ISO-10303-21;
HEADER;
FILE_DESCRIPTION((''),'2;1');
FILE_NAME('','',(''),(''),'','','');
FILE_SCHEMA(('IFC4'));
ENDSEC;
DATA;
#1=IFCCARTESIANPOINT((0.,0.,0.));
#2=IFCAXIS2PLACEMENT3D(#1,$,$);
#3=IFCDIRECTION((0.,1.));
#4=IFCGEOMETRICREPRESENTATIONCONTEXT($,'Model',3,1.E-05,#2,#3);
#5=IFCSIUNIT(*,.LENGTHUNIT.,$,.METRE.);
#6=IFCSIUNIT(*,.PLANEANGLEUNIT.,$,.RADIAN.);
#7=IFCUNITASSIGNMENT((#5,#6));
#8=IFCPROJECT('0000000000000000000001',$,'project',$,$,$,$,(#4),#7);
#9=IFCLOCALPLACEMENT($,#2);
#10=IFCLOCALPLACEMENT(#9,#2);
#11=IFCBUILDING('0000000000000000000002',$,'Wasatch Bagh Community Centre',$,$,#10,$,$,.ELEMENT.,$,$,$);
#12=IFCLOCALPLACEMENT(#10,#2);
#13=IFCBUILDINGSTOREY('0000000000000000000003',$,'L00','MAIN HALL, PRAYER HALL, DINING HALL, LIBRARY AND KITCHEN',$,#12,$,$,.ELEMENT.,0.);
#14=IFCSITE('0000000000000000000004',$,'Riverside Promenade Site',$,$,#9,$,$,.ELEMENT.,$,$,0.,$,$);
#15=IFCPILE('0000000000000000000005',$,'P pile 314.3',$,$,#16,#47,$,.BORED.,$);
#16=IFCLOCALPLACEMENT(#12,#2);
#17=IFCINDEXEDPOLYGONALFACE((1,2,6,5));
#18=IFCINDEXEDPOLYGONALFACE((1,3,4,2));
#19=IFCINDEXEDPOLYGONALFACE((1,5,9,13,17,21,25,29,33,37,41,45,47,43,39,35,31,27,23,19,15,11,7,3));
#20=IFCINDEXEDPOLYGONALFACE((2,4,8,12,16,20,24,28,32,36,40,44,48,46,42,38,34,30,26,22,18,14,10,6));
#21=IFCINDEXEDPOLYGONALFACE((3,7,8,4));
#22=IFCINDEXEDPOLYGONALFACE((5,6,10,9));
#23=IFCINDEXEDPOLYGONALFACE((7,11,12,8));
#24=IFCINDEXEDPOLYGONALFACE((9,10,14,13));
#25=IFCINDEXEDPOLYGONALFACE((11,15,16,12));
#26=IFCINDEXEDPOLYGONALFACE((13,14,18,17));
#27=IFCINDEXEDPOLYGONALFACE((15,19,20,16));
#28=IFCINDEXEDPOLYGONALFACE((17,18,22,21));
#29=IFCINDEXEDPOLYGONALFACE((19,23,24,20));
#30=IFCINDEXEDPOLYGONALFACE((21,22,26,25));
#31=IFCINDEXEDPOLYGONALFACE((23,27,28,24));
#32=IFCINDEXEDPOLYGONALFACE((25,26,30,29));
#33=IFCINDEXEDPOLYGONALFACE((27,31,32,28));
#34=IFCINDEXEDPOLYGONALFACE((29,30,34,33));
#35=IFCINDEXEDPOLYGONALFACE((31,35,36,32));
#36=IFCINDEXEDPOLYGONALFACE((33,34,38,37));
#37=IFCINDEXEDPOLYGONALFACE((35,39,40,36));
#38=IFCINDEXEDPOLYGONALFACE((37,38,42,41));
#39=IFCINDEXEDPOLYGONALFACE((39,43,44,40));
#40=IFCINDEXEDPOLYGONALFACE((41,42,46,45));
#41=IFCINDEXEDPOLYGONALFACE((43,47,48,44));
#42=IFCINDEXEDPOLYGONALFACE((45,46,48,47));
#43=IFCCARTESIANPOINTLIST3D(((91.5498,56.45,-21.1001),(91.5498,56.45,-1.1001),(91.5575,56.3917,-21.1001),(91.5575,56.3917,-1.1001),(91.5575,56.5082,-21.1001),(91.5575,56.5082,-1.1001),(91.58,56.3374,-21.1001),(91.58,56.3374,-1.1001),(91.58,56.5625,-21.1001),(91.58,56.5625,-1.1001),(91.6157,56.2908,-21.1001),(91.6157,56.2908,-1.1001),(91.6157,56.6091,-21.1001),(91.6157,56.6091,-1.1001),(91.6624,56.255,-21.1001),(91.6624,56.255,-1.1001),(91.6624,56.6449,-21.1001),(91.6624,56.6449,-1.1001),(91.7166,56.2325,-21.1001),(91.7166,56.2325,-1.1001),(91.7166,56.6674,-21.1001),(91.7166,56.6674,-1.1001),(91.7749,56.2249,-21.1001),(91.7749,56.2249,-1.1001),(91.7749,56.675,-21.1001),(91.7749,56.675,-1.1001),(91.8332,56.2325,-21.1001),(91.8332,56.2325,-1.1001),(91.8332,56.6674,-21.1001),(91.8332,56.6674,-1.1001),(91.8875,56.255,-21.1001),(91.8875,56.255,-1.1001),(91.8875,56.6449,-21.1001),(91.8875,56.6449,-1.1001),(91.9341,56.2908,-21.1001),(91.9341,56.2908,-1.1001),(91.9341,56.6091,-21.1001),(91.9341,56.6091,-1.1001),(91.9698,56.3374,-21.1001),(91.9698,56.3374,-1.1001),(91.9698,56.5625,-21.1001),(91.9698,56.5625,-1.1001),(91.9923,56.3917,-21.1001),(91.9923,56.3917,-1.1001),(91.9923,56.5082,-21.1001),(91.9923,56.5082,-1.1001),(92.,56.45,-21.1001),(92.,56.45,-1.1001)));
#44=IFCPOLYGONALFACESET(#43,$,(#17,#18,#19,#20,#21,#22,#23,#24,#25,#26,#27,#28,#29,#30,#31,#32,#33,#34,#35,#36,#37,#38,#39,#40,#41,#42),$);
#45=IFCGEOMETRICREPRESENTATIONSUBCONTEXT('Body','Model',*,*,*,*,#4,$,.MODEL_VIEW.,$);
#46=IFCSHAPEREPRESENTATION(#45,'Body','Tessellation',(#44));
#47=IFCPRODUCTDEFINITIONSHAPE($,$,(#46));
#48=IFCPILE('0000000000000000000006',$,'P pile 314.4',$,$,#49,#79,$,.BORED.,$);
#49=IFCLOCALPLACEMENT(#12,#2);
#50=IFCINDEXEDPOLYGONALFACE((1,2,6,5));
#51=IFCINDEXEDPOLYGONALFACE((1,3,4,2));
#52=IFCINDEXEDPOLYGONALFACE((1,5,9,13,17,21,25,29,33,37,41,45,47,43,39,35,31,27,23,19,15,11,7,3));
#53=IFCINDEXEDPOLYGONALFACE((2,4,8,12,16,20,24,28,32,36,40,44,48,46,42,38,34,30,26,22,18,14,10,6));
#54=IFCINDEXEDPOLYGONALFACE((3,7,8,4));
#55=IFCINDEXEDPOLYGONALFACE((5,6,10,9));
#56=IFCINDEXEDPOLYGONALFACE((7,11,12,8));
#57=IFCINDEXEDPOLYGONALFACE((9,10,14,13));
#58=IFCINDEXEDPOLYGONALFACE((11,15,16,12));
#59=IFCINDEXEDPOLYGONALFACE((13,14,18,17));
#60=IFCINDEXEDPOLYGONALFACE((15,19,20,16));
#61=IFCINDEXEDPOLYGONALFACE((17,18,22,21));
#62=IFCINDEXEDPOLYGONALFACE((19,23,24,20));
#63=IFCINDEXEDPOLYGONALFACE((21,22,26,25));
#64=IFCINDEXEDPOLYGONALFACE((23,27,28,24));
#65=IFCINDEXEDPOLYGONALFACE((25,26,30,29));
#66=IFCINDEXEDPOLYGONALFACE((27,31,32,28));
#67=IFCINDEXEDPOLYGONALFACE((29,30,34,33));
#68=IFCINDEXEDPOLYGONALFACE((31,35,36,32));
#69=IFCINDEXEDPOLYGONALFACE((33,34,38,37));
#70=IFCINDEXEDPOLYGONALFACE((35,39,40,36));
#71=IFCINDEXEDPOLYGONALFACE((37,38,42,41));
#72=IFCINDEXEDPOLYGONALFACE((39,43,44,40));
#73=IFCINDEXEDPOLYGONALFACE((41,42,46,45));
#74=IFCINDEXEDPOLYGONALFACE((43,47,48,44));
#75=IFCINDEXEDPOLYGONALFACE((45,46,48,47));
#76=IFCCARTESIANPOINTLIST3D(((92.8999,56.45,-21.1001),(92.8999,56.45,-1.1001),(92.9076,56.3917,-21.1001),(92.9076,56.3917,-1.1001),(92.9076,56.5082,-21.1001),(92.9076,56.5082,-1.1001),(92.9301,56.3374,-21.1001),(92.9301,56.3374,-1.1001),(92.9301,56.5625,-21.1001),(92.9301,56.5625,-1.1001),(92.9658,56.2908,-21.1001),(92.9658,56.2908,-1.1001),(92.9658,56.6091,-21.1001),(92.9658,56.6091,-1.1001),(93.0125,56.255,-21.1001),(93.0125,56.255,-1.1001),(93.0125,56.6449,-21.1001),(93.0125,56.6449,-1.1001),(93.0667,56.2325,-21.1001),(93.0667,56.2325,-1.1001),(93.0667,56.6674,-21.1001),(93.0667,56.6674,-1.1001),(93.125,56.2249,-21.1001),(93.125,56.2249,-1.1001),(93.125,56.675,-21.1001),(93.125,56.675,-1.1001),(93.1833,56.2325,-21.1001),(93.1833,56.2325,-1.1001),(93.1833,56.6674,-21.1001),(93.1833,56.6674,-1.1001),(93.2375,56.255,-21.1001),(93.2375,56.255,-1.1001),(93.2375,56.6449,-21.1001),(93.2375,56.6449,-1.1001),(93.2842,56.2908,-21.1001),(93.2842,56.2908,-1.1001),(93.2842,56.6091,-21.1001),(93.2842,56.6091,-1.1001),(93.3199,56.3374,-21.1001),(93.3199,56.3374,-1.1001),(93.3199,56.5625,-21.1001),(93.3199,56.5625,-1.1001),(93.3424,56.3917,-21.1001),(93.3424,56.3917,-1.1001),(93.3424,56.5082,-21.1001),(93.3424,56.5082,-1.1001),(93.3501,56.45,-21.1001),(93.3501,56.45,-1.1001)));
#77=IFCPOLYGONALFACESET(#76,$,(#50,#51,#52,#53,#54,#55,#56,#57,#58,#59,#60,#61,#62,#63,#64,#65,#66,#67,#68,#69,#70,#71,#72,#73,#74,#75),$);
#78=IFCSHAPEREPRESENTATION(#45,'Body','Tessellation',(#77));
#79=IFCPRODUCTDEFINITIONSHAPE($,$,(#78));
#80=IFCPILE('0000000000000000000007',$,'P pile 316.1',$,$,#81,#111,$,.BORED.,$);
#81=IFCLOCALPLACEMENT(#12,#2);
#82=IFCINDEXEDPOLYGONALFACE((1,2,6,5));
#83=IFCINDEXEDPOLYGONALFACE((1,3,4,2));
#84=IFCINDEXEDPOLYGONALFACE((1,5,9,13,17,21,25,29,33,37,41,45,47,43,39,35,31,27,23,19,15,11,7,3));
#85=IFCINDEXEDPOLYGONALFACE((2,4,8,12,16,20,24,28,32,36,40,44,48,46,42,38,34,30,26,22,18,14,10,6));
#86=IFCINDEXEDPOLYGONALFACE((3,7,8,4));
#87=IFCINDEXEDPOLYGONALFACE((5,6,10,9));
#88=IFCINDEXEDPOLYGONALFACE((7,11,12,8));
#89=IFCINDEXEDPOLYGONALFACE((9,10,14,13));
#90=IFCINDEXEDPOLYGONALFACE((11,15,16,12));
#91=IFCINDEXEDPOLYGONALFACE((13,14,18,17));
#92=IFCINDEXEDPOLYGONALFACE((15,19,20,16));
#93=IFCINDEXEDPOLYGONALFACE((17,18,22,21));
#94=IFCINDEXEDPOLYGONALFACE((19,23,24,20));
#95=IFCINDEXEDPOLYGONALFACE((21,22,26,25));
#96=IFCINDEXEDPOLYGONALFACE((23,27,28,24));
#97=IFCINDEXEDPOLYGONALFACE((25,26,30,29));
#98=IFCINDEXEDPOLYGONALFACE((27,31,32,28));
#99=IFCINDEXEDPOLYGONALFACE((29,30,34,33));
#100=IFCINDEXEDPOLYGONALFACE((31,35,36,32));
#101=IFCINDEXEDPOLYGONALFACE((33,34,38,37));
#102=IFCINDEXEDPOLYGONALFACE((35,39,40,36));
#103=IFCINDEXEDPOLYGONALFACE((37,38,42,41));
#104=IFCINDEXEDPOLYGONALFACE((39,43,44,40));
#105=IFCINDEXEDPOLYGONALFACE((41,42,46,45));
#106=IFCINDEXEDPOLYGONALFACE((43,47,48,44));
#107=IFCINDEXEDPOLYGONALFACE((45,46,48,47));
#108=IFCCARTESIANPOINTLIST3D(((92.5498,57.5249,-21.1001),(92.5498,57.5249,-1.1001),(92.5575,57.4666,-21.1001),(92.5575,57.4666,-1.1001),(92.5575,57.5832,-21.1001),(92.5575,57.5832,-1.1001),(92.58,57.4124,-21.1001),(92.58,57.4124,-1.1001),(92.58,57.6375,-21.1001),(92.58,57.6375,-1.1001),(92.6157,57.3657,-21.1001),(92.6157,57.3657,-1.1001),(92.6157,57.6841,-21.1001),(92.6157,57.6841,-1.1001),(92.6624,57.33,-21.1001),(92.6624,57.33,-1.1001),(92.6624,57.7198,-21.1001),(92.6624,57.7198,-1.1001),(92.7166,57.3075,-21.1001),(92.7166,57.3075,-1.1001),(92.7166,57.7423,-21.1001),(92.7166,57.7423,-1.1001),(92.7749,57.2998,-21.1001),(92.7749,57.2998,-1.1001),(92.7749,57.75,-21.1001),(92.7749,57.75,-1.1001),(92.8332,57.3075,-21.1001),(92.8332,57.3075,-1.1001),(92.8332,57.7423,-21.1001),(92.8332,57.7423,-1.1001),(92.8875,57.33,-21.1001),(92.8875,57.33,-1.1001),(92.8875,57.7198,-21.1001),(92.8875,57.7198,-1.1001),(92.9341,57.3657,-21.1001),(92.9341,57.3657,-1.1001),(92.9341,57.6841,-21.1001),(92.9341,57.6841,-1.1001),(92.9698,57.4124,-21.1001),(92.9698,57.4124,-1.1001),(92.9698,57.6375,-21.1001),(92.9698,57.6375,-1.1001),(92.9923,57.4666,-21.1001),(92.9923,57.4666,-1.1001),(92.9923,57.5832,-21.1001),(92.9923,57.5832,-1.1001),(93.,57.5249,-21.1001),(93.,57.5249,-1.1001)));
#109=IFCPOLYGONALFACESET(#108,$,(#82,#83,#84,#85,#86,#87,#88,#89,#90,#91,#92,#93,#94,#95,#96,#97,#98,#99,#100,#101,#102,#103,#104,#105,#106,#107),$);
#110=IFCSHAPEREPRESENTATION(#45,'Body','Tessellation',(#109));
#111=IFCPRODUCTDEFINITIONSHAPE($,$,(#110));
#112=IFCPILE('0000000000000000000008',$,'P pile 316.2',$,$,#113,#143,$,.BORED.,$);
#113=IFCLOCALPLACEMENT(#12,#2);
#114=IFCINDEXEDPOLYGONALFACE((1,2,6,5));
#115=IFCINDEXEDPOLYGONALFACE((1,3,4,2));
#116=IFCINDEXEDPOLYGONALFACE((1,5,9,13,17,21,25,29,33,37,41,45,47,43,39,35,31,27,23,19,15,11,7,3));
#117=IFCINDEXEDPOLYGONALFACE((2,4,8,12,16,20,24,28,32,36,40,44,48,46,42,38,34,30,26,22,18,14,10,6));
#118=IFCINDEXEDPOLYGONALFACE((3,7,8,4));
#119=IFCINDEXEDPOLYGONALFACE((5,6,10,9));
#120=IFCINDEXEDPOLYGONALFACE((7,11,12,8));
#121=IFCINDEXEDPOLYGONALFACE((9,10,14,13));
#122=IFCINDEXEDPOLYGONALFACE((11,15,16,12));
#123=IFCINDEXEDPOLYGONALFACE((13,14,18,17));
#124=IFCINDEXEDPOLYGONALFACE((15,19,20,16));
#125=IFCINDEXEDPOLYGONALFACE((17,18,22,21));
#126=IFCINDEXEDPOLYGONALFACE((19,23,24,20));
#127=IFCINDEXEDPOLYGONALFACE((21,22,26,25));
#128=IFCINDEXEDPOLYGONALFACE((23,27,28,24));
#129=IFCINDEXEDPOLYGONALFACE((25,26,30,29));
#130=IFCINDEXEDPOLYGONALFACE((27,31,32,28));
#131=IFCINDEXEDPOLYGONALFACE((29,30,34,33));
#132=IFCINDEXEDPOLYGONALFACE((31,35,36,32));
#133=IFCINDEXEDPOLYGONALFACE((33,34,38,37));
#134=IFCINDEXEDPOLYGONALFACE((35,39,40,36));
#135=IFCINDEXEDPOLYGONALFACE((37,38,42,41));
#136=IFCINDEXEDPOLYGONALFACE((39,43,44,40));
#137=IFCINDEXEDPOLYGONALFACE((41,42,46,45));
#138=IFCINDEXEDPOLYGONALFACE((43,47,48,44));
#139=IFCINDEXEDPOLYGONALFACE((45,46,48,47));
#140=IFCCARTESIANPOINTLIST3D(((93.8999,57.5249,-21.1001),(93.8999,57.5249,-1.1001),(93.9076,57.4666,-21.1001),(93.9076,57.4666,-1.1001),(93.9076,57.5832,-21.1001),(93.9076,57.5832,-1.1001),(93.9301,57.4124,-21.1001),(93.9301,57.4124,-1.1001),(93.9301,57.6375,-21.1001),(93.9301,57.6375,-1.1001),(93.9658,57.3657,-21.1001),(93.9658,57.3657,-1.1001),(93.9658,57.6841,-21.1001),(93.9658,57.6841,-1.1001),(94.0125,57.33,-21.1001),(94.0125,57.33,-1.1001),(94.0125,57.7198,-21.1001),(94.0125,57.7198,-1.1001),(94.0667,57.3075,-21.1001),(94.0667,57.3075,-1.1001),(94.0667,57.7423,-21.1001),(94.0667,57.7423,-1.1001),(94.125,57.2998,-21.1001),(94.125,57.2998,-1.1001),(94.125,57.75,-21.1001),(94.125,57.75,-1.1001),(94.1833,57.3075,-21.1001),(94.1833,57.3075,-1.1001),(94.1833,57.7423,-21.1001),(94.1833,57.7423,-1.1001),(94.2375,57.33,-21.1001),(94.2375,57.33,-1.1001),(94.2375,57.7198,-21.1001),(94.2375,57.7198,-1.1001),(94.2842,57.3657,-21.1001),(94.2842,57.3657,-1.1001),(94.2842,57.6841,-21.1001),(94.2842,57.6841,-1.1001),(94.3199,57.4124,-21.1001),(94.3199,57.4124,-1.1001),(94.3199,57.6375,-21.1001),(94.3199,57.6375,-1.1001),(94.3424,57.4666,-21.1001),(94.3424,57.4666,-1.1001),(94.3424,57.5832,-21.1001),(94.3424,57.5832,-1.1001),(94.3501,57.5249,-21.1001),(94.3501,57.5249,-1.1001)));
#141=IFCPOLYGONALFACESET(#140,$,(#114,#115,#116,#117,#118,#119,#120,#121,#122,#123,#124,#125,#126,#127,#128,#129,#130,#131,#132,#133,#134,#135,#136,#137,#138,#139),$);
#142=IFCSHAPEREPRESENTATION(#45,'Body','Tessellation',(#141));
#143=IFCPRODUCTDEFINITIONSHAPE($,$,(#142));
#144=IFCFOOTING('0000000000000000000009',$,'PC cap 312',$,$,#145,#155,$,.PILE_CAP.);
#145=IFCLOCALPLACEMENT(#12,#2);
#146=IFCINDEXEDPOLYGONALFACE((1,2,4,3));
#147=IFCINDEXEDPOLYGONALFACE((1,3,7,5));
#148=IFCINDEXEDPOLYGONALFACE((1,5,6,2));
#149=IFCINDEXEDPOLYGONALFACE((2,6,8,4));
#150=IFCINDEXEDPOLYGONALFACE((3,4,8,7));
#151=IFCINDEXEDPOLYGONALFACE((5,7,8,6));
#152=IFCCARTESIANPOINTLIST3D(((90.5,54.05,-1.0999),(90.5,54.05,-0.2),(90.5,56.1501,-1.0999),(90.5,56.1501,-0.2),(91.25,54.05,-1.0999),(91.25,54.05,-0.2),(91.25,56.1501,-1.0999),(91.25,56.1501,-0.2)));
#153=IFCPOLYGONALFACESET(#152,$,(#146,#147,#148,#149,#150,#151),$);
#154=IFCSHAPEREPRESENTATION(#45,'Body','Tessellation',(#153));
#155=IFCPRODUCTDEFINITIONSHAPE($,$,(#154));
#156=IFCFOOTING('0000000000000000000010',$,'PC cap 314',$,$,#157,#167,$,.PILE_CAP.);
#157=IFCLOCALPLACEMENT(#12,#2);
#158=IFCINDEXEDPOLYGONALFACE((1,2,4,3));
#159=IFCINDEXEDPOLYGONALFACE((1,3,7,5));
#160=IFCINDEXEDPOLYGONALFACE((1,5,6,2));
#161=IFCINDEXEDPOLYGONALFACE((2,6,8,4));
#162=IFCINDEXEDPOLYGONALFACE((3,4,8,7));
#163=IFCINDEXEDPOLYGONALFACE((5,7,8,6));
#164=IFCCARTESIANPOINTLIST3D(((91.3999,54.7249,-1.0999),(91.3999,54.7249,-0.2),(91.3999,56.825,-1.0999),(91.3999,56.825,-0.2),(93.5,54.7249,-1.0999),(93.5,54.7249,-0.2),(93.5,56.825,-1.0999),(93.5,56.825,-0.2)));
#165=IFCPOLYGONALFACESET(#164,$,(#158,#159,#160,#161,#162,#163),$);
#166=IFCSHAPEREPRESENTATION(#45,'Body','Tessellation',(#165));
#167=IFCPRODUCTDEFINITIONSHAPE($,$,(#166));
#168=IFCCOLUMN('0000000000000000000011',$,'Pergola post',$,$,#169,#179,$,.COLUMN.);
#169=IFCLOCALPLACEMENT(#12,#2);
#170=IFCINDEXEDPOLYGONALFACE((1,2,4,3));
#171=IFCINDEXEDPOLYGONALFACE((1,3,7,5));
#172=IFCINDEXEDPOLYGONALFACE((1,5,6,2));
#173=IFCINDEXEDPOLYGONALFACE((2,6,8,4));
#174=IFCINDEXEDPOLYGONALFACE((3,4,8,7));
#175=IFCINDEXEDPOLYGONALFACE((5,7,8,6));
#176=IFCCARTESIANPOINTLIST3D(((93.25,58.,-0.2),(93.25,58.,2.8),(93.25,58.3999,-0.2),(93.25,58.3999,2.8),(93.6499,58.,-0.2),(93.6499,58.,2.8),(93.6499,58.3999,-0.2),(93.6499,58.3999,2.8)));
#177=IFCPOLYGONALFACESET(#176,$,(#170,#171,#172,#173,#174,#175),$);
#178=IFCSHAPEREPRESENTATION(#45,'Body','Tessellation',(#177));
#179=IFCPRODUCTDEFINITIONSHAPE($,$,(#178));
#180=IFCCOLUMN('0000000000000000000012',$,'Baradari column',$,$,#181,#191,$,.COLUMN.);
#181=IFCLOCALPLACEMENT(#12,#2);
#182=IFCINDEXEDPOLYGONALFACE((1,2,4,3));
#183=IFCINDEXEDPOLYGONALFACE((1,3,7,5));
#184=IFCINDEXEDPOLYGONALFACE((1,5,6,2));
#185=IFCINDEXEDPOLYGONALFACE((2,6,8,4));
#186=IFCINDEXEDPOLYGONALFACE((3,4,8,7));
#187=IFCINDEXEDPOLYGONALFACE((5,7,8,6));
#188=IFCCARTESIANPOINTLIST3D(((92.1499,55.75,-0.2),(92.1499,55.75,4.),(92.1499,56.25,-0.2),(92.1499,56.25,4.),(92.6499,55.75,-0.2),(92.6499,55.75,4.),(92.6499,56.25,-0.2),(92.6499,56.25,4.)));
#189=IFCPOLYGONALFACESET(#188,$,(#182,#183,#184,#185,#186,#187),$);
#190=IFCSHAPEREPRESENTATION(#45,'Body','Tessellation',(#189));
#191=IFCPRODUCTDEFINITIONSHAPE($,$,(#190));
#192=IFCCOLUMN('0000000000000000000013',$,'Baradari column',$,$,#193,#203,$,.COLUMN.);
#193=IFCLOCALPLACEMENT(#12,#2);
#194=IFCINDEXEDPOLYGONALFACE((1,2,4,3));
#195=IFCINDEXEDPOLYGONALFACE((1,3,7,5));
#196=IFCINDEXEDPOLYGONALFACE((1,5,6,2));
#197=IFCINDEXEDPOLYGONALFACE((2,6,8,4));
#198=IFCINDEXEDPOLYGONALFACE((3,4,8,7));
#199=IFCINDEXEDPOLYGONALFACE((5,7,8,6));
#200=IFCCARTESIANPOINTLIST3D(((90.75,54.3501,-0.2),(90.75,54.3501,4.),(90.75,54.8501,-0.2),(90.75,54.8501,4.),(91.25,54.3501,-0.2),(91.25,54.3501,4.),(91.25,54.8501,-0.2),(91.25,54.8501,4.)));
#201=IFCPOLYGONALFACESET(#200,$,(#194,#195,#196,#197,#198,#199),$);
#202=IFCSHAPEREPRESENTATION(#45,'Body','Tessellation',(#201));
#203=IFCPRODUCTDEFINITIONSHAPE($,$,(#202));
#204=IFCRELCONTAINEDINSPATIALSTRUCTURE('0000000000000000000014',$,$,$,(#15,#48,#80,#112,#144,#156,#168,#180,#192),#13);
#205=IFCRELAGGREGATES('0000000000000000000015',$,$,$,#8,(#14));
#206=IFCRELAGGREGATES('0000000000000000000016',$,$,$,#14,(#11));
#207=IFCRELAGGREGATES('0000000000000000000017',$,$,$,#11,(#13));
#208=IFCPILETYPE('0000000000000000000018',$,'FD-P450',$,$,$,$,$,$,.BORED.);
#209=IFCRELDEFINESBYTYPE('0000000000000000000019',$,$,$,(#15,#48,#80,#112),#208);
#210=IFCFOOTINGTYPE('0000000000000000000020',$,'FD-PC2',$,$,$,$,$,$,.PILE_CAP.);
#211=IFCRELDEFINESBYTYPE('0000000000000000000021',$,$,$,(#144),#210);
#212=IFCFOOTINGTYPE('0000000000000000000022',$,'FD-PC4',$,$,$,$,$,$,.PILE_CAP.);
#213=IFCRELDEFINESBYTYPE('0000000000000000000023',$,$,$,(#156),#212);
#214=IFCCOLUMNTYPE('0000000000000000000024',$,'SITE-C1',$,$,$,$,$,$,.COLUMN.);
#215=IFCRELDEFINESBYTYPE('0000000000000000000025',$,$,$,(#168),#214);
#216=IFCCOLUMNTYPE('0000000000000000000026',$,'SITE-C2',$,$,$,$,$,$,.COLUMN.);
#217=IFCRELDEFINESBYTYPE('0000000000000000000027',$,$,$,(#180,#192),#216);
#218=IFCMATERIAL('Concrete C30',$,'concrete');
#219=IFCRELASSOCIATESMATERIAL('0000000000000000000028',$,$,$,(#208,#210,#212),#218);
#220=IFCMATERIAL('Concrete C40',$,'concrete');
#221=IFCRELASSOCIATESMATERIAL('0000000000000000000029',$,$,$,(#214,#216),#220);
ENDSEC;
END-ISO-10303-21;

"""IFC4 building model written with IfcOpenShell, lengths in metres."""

from ifc_helpers import new_model, si_unit, direction, frame, origin, origin_2d, place, context, subcontext, project, spatial, rectangle, circle, extrude, material, material_profile, profile_set, type_object, element, save


model = new_model("IFC4")

# Units and contexts
model_context = context("Model", 3, precision=1e-05, world=origin(), true_north=direction((0.0, 1.0)))
body_context = subcontext(model_context, "Body", "Model", "MODEL_VIEW")
ifc_project = project(units=[si_unit("LENGTHUNIT", "METRE"), si_unit("PLANEANGLEUNIT", "RADIAN")], contexts=[model_context])

# Site, building, storey
site_placement = place(None, origin())
site = spatial("IfcSite", under=ifc_project, at=site_placement, Name="Riverside Promenade Site", CompositionType="ELEMENT", RefElevation=0.0)
building_placement = place(site_placement, origin())
building = spatial("IfcBuilding", under=site, at=building_placement, Name="Wasatch Bagh Community Centre", CompositionType="ELEMENT")
storey_placement = place(building_placement, origin())
storey = spatial("IfcBuildingStorey", under=building, at=storey_placement, Name="L00", Description="MAIN HALL, PRAYER HALL, DINING HALL, LIBRARY AND KITCHEN", CompositionType="ELEMENT", Elevation=0.0)

# Piles
ifc_material_1 = material(Name="Concrete C30", Category="concrete")
ifc_material_profile_1 = material_profile(ifc_material_1, circle(Radius=0.2251, at=origin_2d()), Name="RC D450")
ifc_profile_set_1 = profile_set([ifc_material_profile_1], Name="Concrete C30")
pile_type = type_object("IfcPileType", Name="FD-P450", PredefinedType="BORED", material=ifc_profile_set_1)
for number, where, z_axis, x_axis, name in (
    (1, (91.7749, 56.45, -1.1001), (0.0, 0.0, -1.0), (1.0, 0.0, 0.0), "P pile 314.3"),
    (2, (93.125, 56.45, -1.1001), (0.0, 0.0, -1.0), (1.0, 0.0, 0.0), "P pile 314.4"),
    (3, (92.7749, 57.5249, -1.1001), (0.0, 0.0, -1.0), (1.0, 0.0, 0.0), "P pile 316.1"),
    (4, (94.125, 57.5249, -1.1001), (0.0, 0.0, -1.0), (1.0, 0.0, 0.0), "P pile 316.2"),
):
    element("IfcPile", number, at=place(storey_placement, frame(where, z_axis=z_axis, x_axis=x_axis)), inside=storey, type_object=pile_type, Name=name, PredefinedType="BORED", context=body_context, shape_type="SweptSolid", body=[
        extrude(circle(Radius=0.2251, at=origin_2d()), origin(), (0.0, 0.0, 1.0), 20.0),
    ])

# Footings
footing_type_1 = type_object("IfcFootingType", Name="FD-PC2", PredefinedType="PILE_CAP", material=ifc_material_1)
footing_1_placement = place(storey_placement, frame((90.875, 55.1001, -1.0999), z_axis=(0.0, 0.0, 1.0), x_axis=(0.0, 1.0, 0.0)))
element("IfcFooting", 5, at=footing_1_placement, inside=storey, type_object=footing_type_1, Name="PC cap 312", PredefinedType="PILE_CAP", context=body_context, shape_type="SweptSolid", body=[
    extrude(rectangle(XDim=2.1001, YDim=0.75, at=origin_2d()), origin(), (0.0, 0.0, 1.0), 0.8999),
])
footing_type_2 = type_object("IfcFootingType", Name="FD-PC4", PredefinedType="PILE_CAP", material=ifc_material_1)
footing_2_placement = place(storey_placement, frame((92.45, 55.7749, -1.0999), z_axis=(0.0, 0.0, 1.0), x_axis=(1.0, 0.0, 0.0)))
element("IfcFooting", 6, at=footing_2_placement, inside=storey, type_object=footing_type_2, Name="PC cap 314", PredefinedType="PILE_CAP", context=body_context, shape_type="SweptSolid", body=[
    extrude(rectangle(XDim=2.1001, YDim=2.1001, at=origin_2d()), origin(), (0.0, 0.0, 1.0), 0.8999),
])

# Columns
ifc_material_2 = material(Name="Concrete C40", Category="concrete")
ifc_material_profile_2 = material_profile(ifc_material_2, rectangle(XDim=0.3999, YDim=0.3999, at=origin_2d()), Name="RC 400x400")
ifc_profile_set_2 = profile_set([ifc_material_profile_2], Name="Concrete C40")
column_type_1 = type_object("IfcColumnType", Name="SITE-C1", PredefinedType="COLUMN", material=ifc_profile_set_2)
column_placement = place(storey_placement, frame((93.45, 58.2, -0.2), z_axis=(0.0, 0.0, 1.0), x_axis=(1.0, 0.0, 0.0)))
element("IfcColumn", 7, at=column_placement, inside=storey, type_object=column_type_1, Name="Pergola post", PredefinedType="COLUMN", context=body_context, shape_type="SweptSolid", body=[
    extrude(rectangle(XDim=0.3999, YDim=0.3999, at=origin_2d()), origin(), (0.0, 0.0, 1.0), 3.0),
])
ifc_material_profile_3 = material_profile(ifc_material_2, rectangle(XDim=0.5, YDim=0.5, at=origin_2d()), Name="RC 500x500")
ifc_profile_set_3 = profile_set([ifc_material_profile_3], Name="Concrete C40")
column_type_2 = type_object("IfcColumnType", Name="SITE-C2", PredefinedType="COLUMN", material=ifc_profile_set_3)
for number, where, z_axis, x_axis, name in (
    (8, (92.3999, 56.0, -0.2), (0.0, 0.0, 1.0), (1.0, 0.0, 0.0), "Baradari column"),
    (9, (91.0, 54.6001, -0.2), (0.0, 0.0, 1.0), (1.0, 0.0, 0.0), "Baradari column"),
):
    element("IfcColumn", number, at=place(storey_placement, frame(where, z_axis=z_axis, x_axis=x_axis)), inside=storey, type_object=column_type_2, Name=name, PredefinedType="COLUMN", context=body_context, shape_type="SweptSolid", body=[
        extrude(rectangle(XDim=0.5, YDim=0.5, at=origin_2d()), origin(), (0.0, 0.0, 1.0), 4.2),
    ])

save(model, "model.ifc")
